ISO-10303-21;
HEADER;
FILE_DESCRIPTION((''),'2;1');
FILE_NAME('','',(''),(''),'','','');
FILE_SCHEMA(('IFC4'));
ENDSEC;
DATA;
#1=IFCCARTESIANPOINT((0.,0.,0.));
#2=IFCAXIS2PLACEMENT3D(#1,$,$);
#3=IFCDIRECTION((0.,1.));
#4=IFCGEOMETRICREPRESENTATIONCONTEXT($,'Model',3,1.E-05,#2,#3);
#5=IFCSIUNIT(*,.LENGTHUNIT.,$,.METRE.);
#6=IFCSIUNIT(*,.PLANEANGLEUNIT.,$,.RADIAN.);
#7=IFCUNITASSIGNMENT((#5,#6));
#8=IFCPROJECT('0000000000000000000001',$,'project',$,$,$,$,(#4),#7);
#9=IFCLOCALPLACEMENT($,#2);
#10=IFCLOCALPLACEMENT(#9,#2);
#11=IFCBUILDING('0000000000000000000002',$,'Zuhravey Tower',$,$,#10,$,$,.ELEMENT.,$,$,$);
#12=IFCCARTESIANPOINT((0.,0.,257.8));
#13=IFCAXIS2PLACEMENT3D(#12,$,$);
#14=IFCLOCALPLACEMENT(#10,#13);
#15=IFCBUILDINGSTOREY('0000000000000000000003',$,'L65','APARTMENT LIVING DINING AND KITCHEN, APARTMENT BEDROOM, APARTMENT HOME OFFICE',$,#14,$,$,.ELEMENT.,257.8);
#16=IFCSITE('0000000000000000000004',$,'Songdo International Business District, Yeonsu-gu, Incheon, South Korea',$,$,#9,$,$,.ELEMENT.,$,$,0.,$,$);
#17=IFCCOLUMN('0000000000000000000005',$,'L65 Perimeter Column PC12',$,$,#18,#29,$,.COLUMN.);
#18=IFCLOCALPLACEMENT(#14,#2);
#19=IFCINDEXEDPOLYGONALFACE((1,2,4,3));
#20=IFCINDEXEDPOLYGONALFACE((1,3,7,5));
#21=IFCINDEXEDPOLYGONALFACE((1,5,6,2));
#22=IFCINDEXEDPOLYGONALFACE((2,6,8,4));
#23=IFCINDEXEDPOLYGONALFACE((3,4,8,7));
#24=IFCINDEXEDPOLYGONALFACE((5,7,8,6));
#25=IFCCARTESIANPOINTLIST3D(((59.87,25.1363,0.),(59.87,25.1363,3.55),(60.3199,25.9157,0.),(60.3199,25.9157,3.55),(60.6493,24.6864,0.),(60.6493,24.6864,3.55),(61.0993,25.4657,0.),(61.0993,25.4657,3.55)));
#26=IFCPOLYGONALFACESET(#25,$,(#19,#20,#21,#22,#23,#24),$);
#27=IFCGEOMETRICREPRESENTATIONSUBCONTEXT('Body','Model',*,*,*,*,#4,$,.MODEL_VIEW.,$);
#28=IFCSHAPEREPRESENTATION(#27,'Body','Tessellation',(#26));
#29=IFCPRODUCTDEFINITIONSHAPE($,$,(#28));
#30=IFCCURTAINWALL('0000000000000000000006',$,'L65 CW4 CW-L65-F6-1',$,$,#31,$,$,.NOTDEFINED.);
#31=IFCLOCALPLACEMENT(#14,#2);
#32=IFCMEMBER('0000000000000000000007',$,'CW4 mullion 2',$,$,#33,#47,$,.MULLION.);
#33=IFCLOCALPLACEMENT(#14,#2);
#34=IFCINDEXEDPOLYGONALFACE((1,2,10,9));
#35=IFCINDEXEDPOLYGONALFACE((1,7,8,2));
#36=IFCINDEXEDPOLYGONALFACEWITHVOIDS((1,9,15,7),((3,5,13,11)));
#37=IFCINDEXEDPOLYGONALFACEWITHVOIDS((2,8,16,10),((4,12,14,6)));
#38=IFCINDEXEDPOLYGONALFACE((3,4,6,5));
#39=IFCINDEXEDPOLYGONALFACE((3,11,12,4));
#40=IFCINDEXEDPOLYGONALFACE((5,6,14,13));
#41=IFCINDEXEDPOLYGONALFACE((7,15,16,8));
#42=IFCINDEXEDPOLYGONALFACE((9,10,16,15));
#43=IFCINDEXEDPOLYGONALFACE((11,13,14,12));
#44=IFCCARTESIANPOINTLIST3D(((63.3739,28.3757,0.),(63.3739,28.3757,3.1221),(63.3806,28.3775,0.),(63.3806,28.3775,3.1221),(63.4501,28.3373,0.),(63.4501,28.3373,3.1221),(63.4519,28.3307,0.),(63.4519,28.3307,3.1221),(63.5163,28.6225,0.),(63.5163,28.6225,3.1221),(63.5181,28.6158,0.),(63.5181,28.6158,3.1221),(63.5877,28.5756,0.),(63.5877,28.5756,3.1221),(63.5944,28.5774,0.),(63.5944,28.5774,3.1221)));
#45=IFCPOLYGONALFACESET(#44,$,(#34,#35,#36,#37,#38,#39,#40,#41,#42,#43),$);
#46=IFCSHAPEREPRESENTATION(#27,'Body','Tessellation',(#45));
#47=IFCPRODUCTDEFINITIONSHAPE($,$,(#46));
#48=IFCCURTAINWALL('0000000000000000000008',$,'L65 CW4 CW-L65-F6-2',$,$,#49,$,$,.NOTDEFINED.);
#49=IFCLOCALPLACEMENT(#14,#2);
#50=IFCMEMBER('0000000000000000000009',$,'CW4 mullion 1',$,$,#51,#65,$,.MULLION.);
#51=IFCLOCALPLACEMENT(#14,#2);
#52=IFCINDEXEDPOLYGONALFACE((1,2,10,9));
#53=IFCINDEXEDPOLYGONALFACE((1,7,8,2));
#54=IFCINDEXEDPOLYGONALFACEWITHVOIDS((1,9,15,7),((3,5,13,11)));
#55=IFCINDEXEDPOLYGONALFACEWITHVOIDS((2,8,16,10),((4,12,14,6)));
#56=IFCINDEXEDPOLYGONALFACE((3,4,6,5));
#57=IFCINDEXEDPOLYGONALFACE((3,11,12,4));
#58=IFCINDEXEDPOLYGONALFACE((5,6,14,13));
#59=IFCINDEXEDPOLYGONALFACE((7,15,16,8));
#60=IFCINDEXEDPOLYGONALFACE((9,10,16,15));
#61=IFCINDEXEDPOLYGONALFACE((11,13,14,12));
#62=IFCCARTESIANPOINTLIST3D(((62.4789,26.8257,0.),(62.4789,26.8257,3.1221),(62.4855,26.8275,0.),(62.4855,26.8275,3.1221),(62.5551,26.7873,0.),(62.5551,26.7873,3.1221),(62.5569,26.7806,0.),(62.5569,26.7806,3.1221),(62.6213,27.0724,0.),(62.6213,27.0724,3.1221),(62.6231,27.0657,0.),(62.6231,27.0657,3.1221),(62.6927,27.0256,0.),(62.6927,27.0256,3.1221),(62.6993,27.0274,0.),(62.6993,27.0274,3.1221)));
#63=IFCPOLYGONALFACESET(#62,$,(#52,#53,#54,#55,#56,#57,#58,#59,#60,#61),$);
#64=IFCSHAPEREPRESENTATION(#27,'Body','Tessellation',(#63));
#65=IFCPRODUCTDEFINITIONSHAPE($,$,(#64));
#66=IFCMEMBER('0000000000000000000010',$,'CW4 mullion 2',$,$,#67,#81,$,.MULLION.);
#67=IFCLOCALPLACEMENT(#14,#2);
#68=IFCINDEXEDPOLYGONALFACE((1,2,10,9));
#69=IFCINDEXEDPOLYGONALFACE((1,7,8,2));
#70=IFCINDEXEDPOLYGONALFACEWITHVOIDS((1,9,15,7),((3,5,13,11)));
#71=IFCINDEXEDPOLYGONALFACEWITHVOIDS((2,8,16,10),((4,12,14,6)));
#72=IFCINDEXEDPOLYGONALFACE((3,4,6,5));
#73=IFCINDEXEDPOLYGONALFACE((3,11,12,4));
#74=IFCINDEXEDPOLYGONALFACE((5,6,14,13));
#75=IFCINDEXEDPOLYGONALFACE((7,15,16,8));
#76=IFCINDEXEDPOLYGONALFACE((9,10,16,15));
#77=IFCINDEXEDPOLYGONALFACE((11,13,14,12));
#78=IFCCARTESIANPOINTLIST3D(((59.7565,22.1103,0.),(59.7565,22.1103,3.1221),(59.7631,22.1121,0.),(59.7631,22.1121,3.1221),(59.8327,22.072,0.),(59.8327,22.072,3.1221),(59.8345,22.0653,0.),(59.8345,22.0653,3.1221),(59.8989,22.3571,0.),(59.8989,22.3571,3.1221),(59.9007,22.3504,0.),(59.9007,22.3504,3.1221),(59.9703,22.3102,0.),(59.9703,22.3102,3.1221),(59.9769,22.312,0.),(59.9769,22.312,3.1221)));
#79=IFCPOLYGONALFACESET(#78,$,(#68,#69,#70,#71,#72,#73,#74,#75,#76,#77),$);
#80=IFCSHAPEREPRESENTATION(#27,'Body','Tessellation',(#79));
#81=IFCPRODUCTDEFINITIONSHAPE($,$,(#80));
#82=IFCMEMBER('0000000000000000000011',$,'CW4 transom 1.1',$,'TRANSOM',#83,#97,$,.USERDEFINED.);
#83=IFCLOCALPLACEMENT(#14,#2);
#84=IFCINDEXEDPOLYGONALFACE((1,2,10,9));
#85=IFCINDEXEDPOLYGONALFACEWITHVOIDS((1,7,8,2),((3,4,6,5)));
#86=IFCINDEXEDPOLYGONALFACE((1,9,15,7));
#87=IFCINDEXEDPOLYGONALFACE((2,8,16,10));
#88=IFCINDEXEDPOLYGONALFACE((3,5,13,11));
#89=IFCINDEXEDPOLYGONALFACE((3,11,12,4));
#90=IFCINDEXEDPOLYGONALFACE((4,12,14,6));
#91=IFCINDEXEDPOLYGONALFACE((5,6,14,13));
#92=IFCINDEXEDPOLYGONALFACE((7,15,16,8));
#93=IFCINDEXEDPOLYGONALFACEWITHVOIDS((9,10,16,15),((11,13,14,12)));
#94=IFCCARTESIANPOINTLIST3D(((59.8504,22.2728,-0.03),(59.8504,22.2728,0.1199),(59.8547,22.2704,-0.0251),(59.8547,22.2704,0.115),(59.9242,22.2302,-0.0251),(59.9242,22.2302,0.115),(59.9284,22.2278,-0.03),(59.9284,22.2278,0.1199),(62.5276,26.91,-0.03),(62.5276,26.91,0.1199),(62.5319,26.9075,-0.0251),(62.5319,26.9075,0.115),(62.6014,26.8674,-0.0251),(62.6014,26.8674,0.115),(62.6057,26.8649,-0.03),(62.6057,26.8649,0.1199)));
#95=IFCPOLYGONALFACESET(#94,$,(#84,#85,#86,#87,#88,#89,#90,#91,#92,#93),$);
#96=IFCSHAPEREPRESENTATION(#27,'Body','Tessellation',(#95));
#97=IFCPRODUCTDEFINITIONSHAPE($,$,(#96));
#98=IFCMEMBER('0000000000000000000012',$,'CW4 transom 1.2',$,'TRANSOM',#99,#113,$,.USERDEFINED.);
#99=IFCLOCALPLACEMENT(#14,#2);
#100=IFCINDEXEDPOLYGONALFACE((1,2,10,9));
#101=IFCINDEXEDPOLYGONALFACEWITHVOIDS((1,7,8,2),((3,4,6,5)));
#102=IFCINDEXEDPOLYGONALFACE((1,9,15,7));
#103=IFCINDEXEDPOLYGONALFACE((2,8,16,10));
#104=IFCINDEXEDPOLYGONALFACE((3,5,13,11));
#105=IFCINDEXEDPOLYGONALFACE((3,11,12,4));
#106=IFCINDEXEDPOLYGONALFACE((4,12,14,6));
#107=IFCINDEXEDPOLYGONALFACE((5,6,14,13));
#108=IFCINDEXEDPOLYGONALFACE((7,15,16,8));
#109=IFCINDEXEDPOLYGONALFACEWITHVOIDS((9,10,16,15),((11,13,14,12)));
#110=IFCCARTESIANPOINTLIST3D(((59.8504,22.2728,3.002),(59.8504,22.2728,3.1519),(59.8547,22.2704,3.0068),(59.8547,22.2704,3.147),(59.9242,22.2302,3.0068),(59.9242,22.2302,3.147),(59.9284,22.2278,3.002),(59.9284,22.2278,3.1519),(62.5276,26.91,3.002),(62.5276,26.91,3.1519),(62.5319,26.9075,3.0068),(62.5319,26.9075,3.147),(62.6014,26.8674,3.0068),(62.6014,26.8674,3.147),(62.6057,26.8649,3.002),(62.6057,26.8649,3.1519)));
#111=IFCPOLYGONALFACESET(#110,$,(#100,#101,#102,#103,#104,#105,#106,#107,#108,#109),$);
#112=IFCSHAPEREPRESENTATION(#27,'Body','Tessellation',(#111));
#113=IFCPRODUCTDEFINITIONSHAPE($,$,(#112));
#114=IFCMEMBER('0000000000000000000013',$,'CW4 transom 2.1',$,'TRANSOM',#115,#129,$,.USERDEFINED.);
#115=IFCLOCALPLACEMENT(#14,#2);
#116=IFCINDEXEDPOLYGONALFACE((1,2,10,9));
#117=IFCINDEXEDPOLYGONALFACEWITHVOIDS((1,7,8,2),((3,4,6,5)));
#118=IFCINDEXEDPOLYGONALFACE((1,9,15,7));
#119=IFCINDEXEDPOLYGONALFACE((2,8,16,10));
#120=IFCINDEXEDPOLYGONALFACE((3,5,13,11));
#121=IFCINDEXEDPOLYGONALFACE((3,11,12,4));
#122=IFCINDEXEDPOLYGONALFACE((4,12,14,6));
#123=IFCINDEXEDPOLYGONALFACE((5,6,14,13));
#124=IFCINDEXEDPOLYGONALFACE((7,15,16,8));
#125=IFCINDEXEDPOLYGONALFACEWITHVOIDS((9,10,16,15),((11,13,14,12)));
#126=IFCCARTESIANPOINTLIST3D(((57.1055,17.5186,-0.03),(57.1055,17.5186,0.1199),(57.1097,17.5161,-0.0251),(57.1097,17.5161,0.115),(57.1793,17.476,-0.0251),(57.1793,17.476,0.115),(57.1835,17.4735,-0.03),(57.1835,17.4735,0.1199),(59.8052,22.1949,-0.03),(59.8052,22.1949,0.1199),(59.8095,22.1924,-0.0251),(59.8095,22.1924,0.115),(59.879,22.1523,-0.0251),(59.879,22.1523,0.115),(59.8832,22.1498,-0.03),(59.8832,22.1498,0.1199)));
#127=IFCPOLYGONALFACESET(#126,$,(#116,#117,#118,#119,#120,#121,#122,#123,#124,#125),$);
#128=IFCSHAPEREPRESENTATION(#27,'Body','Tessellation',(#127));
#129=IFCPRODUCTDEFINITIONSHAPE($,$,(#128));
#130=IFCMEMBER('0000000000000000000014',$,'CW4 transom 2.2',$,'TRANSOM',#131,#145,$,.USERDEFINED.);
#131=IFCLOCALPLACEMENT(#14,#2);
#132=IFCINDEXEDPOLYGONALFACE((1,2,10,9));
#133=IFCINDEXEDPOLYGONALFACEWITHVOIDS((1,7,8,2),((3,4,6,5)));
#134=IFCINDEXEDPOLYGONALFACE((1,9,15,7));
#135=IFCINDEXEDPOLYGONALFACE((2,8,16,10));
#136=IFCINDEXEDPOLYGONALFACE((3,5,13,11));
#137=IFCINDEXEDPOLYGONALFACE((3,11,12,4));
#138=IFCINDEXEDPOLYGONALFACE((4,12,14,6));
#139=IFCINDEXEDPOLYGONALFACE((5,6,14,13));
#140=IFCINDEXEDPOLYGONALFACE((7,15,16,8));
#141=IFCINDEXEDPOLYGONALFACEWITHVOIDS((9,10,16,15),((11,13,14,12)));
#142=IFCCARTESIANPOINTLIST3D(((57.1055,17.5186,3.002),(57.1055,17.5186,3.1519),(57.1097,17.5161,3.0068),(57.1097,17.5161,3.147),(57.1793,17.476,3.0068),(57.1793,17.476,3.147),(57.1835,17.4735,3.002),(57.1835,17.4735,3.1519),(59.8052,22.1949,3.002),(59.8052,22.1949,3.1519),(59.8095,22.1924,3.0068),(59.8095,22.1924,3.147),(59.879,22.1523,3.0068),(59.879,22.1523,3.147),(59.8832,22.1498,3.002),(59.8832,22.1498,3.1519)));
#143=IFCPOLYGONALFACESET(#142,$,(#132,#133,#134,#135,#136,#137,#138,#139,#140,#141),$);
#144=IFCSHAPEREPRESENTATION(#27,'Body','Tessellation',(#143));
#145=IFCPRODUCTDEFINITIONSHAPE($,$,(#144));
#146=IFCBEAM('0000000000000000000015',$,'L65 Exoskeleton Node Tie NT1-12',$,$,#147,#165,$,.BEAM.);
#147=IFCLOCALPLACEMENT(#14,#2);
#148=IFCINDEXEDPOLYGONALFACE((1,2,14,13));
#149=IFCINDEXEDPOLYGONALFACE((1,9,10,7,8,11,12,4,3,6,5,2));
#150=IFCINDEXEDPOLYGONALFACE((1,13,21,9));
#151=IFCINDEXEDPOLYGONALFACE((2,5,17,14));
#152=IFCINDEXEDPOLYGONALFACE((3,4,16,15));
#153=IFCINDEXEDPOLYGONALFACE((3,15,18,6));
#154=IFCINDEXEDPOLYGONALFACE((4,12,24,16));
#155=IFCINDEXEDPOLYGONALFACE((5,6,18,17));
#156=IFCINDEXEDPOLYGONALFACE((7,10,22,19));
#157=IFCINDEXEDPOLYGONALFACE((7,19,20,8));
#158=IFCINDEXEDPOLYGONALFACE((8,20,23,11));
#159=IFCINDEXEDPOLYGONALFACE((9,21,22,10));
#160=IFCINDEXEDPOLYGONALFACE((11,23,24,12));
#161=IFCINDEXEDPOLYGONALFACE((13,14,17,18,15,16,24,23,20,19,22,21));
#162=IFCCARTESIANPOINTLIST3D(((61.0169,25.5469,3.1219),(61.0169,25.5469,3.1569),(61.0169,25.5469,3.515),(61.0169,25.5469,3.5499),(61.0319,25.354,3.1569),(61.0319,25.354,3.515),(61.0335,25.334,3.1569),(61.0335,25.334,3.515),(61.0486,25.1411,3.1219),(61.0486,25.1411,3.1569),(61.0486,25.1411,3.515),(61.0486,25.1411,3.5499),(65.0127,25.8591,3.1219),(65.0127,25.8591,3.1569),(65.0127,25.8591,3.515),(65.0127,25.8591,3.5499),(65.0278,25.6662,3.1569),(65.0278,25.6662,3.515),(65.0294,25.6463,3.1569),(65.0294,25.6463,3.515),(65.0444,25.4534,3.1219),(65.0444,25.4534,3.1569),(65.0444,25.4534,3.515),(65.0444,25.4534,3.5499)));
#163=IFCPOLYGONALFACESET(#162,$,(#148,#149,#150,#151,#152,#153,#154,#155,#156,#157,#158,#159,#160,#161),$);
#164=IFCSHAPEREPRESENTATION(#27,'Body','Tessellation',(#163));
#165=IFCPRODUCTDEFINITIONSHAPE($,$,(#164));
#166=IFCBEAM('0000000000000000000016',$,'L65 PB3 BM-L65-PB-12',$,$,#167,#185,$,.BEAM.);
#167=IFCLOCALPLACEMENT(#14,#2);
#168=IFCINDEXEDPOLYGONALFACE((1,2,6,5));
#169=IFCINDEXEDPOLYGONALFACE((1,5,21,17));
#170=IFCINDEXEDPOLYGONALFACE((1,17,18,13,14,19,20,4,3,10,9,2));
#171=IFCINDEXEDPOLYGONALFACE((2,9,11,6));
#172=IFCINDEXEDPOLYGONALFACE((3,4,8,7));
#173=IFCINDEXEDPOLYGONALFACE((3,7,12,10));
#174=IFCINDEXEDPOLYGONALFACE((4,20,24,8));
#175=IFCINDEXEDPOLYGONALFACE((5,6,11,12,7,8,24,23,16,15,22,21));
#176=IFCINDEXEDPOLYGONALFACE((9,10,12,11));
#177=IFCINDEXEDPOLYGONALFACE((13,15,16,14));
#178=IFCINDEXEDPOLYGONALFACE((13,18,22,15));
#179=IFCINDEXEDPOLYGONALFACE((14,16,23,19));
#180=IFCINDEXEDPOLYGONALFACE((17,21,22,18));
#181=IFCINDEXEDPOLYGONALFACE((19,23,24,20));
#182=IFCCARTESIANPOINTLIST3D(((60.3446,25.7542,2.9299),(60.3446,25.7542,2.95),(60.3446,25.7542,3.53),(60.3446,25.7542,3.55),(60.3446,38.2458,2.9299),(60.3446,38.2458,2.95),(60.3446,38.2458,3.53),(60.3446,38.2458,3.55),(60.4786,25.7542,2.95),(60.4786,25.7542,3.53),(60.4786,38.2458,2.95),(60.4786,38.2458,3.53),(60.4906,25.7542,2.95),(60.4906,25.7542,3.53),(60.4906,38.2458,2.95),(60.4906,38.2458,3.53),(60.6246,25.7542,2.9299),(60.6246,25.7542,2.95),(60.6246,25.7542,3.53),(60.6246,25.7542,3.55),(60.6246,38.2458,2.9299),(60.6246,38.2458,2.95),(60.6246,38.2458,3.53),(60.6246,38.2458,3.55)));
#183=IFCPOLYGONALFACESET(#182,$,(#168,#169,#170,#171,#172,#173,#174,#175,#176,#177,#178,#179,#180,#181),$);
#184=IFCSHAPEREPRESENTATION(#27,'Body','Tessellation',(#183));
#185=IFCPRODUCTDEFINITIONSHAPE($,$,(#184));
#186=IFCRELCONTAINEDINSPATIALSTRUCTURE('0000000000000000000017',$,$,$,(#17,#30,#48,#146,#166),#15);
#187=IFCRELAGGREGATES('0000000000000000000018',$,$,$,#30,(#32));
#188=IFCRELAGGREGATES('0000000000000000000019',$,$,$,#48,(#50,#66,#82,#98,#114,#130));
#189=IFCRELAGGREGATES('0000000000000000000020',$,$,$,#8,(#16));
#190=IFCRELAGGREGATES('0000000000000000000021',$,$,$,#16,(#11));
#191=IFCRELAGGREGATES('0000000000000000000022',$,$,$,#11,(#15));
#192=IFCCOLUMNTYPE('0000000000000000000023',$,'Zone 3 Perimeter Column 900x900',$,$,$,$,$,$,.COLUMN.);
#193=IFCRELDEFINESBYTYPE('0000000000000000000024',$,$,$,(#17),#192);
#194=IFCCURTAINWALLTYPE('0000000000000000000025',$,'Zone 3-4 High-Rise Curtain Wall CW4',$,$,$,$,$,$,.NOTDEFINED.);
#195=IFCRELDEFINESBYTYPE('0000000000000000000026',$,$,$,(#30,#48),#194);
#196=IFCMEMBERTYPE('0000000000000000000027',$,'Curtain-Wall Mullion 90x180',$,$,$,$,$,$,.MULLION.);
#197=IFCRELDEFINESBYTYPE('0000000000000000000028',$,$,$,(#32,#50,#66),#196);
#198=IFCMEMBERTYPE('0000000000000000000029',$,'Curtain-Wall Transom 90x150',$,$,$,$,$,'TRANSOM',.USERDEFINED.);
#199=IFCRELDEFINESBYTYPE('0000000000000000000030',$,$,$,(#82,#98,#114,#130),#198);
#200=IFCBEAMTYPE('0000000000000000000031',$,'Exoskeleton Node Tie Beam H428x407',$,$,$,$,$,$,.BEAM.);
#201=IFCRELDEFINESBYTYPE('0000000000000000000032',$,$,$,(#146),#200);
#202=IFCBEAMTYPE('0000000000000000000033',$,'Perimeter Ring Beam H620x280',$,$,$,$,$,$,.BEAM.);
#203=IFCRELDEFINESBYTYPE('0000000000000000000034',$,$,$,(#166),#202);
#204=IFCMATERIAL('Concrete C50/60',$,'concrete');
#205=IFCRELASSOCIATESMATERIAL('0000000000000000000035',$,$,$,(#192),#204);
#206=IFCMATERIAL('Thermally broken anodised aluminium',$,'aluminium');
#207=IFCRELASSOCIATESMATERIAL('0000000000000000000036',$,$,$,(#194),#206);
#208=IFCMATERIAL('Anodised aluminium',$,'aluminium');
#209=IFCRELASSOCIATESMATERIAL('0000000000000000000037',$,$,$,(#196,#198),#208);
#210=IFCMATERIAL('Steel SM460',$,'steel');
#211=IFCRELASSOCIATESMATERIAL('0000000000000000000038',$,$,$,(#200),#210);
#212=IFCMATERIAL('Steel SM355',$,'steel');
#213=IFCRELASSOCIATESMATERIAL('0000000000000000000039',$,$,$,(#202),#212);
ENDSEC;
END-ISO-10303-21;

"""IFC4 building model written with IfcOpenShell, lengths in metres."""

from ifc_helpers import new_model, si_unit, direction, frame, origin, origin_2d, place, context, subcontext, project, spatial, rectangle, hollow_rectangle, i_section, extrude, material, material_profile, profile_set, type_object, element, aggregate, save


model = new_model("IFC4")

# Units and contexts
model_context = context("Model", 3, precision=1e-05, world=origin(), true_north=direction((0.0, 1.0)))
body_context = subcontext(model_context, "Body", "Model", "MODEL_VIEW")
ifc_project = project(units=[si_unit("LENGTHUNIT", "METRE"), si_unit("PLANEANGLEUNIT", "RADIAN")], contexts=[model_context])

# Site, building, storey
site_placement = place(None, origin())
site = spatial("IfcSite", under=ifc_project, at=site_placement, Name="Songdo International Business District, Yeonsu-gu, Incheon, South Korea", CompositionType="ELEMENT", RefElevation=0.0)
building_placement = place(site_placement, origin())
building = spatial("IfcBuilding", under=site, at=building_placement, Name="Zuhravey Tower", CompositionType="ELEMENT")
storey_placement = place(building_placement, frame((0.0, 0.0, 257.8)))
storey = spatial("IfcBuildingStorey", under=building, at=storey_placement, Name="L65", Description="APARTMENT LIVING DINING AND KITCHEN, APARTMENT BEDROOM, APARTMENT HOME OFFICE", CompositionType="ELEMENT", Elevation=257.8)

# Column
ifc_material_1 = material(Name="Concrete C50/60", Category="concrete")
ifc_material_profile_1 = material_profile(ifc_material_1, rectangle(XDim=0.8999, YDim=0.8999, at=origin_2d()), Name="RC-900x900")
ifc_profile_set_1 = profile_set([ifc_material_profile_1], Name="Concrete C50/60")
column_type = type_object("IfcColumnType", Name="Zone 3 Perimeter Column 900x900", PredefinedType="COLUMN", material=ifc_profile_set_1)
column_placement = place(storey_placement, frame((60.4846, 25.301, 0.0), z_axis=(0.0, 0.0, 1.0), x_axis=(0.5, 0.866025, 0.0)))
element("IfcColumn", 1, at=column_placement, inside=storey, type_object=column_type, Name="L65 Perimeter Column PC12", PredefinedType="COLUMN", context=body_context, shape_type="SweptSolid", body=[
    extrude(rectangle(XDim=0.8999, YDim=0.8999, at=origin_2d()), origin(), (0.0, 0.0, 1.0), 3.55),
])

# Curtain wall, member
ifc_material_2 = material(Name="Thermally broken anodised aluminium", Category="aluminium")
curtain_wall_type = type_object("IfcCurtainWallType", Name="Zone 3-4 High-Rise Curtain Wall CW4", PredefinedType="NOTDEFINED", material=ifc_material_2)
curtain_wall_1_placement = place(storey_placement, origin())
curtain_wall_1 = element("IfcCurtainWall", 2, at=curtain_wall_1_placement, inside=storey, type_object=curtain_wall_type, Name="L65 CW4 CW-L65-F6-1", PredefinedType="NOTDEFINED")
ifc_material_3 = material(Name="Anodised aluminium", Category="aluminium")
ifc_material_profile_2 = material_profile(ifc_material_3, hollow_rectangle(XDim=0.0901, YDim=0.2849, WallThickness=0.0049, at=origin_2d()), Name="ALU-RHS-90x285x5")
ifc_profile_set_2 = profile_set([ifc_material_profile_2], Name="Anodised aluminium")
member_type_1 = type_object("IfcMemberType", Name="Curtain-Wall Mullion 90x180", PredefinedType="MULLION", material=ifc_profile_set_2)
member_1_placement = place(storey_placement, frame((63.4841, 28.4766, 0.0), z_axis=(0.0, 0.0, 1.0), x_axis=(0.866027, -0.499997, 0.0)))
member_1 = element("IfcMember", 3, at=member_1_placement, type_object=member_type_1, Name="CW4 mullion 2", PredefinedType="MULLION", context=body_context, shape_type="SweptSolid", body=[
    extrude(hollow_rectangle(XDim=0.0901, YDim=0.2849, WallThickness=0.0049, at=origin_2d()), origin(), (0.0, 0.0, 1.0), 3.1221),
])
aggregate(curtain_wall_1, [member_1])

# Curtain wall, members
curtain_wall_2_placement = place(storey_placement, origin())
curtain_wall_2 = element("IfcCurtainWall", 4, at=curtain_wall_2_placement, inside=storey, type_object=curtain_wall_type, Name="L65 CW4 CW-L65-F6-2", PredefinedType="NOTDEFINED")
member_2_placement = place(storey_placement, frame((62.5891, 26.9265, 0.0), z_axis=(0.0, 0.0, 1.0), x_axis=(0.866025, -0.500001, 0.0)))
member_2 = element("IfcMember", 5, at=member_2_placement, type_object=member_type_1, Name="CW4 mullion 1", PredefinedType="MULLION", context=body_context, shape_type="SweptSolid", body=[
    extrude(hollow_rectangle(XDim=0.0901, YDim=0.2849, WallThickness=0.0049, at=origin_2d()), origin(), (0.0, 0.0, 1.0), 3.1221),
])
member_3_placement = place(storey_placement, frame((59.8667, 22.2112, 0.0), z_axis=(0.0, 0.0, 1.0), x_axis=(0.866025, -0.500001, 0.0)))
member_3 = element("IfcMember", 6, at=member_3_placement, type_object=member_type_1, Name="CW4 mullion 2", PredefinedType="MULLION", context=body_context, shape_type="SweptSolid", body=[
    extrude(hollow_rectangle(XDim=0.0901, YDim=0.2849, WallThickness=0.0049, at=origin_2d()), origin(), (0.0, 0.0, 1.0), 3.1221),
])
ifc_material_profile_3 = material_profile(ifc_material_3, hollow_rectangle(XDim=0.0901, YDim=0.1499, WallThickness=0.0049, at=origin_2d()), Name="ALU-RHS-90x150x5")
ifc_profile_set_3 = profile_set([ifc_material_profile_3], Name="Anodised aluminium")
member_type_2 = type_object("IfcMemberType", Name="Curtain-Wall Transom 90x150", ElementType="TRANSOM", PredefinedType="USERDEFINED", material=ifc_profile_set_3)
member_4_placement = place(storey_placement, frame((62.5667, 26.8875, 0.0449), z_axis=(-0.499993, -0.866029, 0.0), x_axis=(0.866029, -0.499993, 0.0)))
member_4 = element("IfcMember", 7, at=member_4_placement, type_object=member_type_2, Name="CW4 transom 1.1", ObjectType="TRANSOM", PredefinedType="USERDEFINED", context=body_context, shape_type="SweptSolid", body=[
    extrude(hollow_rectangle(XDim=0.0901, YDim=0.1499, WallThickness=0.0049, at=origin_2d()), origin(), (0.0, 0.0, 1.0), 5.3545),
])
member_5_placement = place(storey_placement, frame((62.5667, 26.8875, 3.0769), z_axis=(-0.499993, -0.866029, 0.0), x_axis=(0.866029, -0.499993, 0.0)))
member_5 = element("IfcMember", 8, at=member_5_placement, type_object=member_type_2, Name="CW4 transom 1.2", ObjectType="TRANSOM", PredefinedType="USERDEFINED", context=body_context, shape_type="SweptSolid", body=[
    extrude(hollow_rectangle(XDim=0.0901, YDim=0.1499, WallThickness=0.0049, at=origin_2d()), origin(), (0.0, 0.0, 1.0), 5.3545),
])
member_6_placement = place(storey_placement, frame((59.8442, 22.1724, 0.0449), z_axis=(-0.499981, -0.866037, 0.0), x_axis=(0.866037, -0.499981, 0.0)))
member_6 = element("IfcMember", 9, at=member_6_placement, type_object=member_type_2, Name="CW4 transom 2.1", ObjectType="TRANSOM", PredefinedType="USERDEFINED", context=body_context, shape_type="SweptSolid", body=[
    extrude(hollow_rectangle(XDim=0.0901, YDim=0.1499, WallThickness=0.0049, at=origin_2d()), origin(), (0.0, 0.0, 1.0), 5.3997),
])
member_7_placement = place(storey_placement, frame((59.8442, 22.1724, 3.0769), z_axis=(-0.499981, -0.866037, 0.0), x_axis=(0.866037, -0.499981, 0.0)))
member_7 = element("IfcMember", 10, at=member_7_placement, type_object=member_type_2, Name="CW4 transom 2.2", ObjectType="TRANSOM", PredefinedType="USERDEFINED", context=body_context, shape_type="SweptSolid", body=[
    extrude(hollow_rectangle(XDim=0.0901, YDim=0.1499, WallThickness=0.0049, at=origin_2d()), origin(), (0.0, 0.0, 1.0), 5.3997),
])

# Beams
ifc_material_4 = material(Name="Steel SM460", Category="steel")
ifc_material_profile_4 = material_profile(ifc_material_4, i_section(OverallWidth=0.407, OverallDepth=0.428, WebThickness=0.02, FlangeThickness=0.0349, at=origin_2d()), Name="H-428x407x20x35")
ifc_profile_set_4 = profile_set([ifc_material_profile_4], Name="Steel SM460")
beam_type_1 = type_object("IfcBeamType", Name="Exoskeleton Node Tie Beam H428x407", PredefinedType="BEAM", material=ifc_profile_set_4)
beam_1_placement = place(storey_placement, frame((61.0327, 25.344, 3.3359), z_axis=(0.996961, 0.077908, 0.0), x_axis=(-0.077908, 0.996961, 0.0)))
element("IfcBeam", 11, at=beam_1_placement, inside=storey, type_object=beam_type_1, Name="L65 Exoskeleton Node Tie NT1-12", PredefinedType="BEAM", context=body_context, shape_type="SweptSolid", body=[
    extrude(i_section(OverallWidth=0.407, OverallDepth=0.428, WebThickness=0.02, FlangeThickness=0.0349, at=origin_2d()), origin(), (0.0, 0.0, 1.0), 4.0081),
])
ifc_material_5 = material(Name="Steel SM355", Category="steel")
ifc_material_profile_5 = material_profile(ifc_material_5, i_section(OverallWidth=0.28, OverallDepth=0.6201, WebThickness=0.012, FlangeThickness=0.02, at=origin_2d()), Name="H-620x280x12x20")
ifc_profile_set_5 = profile_set([ifc_material_profile_5], Name="Steel SM355")
beam_type_2 = type_object("IfcBeamType", Name="Perimeter Ring Beam H620x280", PredefinedType="BEAM", material=ifc_profile_set_5)
beam_2_placement = place(storey_placement, frame((60.4846, 25.7542, 3.24), z_axis=(0.0, 1.0, 0.0), x_axis=(-1.0, 0.0, 0.0)))
element("IfcBeam", 12, at=beam_2_placement, inside=storey, type_object=beam_type_2, Name="L65 PB3 BM-L65-PB-12", PredefinedType="BEAM", context=body_context, shape_type="SweptSolid", body=[
    extrude(i_section(OverallWidth=0.28, OverallDepth=0.6201, WebThickness=0.012, FlangeThickness=0.02, at=origin_2d()), origin(), (0.0, 0.0, 1.0), 12.4917),
])

aggregate(curtain_wall_2, [member_2, member_3, member_4, member_5, member_6, member_7])

save(model, "model.ifc")
